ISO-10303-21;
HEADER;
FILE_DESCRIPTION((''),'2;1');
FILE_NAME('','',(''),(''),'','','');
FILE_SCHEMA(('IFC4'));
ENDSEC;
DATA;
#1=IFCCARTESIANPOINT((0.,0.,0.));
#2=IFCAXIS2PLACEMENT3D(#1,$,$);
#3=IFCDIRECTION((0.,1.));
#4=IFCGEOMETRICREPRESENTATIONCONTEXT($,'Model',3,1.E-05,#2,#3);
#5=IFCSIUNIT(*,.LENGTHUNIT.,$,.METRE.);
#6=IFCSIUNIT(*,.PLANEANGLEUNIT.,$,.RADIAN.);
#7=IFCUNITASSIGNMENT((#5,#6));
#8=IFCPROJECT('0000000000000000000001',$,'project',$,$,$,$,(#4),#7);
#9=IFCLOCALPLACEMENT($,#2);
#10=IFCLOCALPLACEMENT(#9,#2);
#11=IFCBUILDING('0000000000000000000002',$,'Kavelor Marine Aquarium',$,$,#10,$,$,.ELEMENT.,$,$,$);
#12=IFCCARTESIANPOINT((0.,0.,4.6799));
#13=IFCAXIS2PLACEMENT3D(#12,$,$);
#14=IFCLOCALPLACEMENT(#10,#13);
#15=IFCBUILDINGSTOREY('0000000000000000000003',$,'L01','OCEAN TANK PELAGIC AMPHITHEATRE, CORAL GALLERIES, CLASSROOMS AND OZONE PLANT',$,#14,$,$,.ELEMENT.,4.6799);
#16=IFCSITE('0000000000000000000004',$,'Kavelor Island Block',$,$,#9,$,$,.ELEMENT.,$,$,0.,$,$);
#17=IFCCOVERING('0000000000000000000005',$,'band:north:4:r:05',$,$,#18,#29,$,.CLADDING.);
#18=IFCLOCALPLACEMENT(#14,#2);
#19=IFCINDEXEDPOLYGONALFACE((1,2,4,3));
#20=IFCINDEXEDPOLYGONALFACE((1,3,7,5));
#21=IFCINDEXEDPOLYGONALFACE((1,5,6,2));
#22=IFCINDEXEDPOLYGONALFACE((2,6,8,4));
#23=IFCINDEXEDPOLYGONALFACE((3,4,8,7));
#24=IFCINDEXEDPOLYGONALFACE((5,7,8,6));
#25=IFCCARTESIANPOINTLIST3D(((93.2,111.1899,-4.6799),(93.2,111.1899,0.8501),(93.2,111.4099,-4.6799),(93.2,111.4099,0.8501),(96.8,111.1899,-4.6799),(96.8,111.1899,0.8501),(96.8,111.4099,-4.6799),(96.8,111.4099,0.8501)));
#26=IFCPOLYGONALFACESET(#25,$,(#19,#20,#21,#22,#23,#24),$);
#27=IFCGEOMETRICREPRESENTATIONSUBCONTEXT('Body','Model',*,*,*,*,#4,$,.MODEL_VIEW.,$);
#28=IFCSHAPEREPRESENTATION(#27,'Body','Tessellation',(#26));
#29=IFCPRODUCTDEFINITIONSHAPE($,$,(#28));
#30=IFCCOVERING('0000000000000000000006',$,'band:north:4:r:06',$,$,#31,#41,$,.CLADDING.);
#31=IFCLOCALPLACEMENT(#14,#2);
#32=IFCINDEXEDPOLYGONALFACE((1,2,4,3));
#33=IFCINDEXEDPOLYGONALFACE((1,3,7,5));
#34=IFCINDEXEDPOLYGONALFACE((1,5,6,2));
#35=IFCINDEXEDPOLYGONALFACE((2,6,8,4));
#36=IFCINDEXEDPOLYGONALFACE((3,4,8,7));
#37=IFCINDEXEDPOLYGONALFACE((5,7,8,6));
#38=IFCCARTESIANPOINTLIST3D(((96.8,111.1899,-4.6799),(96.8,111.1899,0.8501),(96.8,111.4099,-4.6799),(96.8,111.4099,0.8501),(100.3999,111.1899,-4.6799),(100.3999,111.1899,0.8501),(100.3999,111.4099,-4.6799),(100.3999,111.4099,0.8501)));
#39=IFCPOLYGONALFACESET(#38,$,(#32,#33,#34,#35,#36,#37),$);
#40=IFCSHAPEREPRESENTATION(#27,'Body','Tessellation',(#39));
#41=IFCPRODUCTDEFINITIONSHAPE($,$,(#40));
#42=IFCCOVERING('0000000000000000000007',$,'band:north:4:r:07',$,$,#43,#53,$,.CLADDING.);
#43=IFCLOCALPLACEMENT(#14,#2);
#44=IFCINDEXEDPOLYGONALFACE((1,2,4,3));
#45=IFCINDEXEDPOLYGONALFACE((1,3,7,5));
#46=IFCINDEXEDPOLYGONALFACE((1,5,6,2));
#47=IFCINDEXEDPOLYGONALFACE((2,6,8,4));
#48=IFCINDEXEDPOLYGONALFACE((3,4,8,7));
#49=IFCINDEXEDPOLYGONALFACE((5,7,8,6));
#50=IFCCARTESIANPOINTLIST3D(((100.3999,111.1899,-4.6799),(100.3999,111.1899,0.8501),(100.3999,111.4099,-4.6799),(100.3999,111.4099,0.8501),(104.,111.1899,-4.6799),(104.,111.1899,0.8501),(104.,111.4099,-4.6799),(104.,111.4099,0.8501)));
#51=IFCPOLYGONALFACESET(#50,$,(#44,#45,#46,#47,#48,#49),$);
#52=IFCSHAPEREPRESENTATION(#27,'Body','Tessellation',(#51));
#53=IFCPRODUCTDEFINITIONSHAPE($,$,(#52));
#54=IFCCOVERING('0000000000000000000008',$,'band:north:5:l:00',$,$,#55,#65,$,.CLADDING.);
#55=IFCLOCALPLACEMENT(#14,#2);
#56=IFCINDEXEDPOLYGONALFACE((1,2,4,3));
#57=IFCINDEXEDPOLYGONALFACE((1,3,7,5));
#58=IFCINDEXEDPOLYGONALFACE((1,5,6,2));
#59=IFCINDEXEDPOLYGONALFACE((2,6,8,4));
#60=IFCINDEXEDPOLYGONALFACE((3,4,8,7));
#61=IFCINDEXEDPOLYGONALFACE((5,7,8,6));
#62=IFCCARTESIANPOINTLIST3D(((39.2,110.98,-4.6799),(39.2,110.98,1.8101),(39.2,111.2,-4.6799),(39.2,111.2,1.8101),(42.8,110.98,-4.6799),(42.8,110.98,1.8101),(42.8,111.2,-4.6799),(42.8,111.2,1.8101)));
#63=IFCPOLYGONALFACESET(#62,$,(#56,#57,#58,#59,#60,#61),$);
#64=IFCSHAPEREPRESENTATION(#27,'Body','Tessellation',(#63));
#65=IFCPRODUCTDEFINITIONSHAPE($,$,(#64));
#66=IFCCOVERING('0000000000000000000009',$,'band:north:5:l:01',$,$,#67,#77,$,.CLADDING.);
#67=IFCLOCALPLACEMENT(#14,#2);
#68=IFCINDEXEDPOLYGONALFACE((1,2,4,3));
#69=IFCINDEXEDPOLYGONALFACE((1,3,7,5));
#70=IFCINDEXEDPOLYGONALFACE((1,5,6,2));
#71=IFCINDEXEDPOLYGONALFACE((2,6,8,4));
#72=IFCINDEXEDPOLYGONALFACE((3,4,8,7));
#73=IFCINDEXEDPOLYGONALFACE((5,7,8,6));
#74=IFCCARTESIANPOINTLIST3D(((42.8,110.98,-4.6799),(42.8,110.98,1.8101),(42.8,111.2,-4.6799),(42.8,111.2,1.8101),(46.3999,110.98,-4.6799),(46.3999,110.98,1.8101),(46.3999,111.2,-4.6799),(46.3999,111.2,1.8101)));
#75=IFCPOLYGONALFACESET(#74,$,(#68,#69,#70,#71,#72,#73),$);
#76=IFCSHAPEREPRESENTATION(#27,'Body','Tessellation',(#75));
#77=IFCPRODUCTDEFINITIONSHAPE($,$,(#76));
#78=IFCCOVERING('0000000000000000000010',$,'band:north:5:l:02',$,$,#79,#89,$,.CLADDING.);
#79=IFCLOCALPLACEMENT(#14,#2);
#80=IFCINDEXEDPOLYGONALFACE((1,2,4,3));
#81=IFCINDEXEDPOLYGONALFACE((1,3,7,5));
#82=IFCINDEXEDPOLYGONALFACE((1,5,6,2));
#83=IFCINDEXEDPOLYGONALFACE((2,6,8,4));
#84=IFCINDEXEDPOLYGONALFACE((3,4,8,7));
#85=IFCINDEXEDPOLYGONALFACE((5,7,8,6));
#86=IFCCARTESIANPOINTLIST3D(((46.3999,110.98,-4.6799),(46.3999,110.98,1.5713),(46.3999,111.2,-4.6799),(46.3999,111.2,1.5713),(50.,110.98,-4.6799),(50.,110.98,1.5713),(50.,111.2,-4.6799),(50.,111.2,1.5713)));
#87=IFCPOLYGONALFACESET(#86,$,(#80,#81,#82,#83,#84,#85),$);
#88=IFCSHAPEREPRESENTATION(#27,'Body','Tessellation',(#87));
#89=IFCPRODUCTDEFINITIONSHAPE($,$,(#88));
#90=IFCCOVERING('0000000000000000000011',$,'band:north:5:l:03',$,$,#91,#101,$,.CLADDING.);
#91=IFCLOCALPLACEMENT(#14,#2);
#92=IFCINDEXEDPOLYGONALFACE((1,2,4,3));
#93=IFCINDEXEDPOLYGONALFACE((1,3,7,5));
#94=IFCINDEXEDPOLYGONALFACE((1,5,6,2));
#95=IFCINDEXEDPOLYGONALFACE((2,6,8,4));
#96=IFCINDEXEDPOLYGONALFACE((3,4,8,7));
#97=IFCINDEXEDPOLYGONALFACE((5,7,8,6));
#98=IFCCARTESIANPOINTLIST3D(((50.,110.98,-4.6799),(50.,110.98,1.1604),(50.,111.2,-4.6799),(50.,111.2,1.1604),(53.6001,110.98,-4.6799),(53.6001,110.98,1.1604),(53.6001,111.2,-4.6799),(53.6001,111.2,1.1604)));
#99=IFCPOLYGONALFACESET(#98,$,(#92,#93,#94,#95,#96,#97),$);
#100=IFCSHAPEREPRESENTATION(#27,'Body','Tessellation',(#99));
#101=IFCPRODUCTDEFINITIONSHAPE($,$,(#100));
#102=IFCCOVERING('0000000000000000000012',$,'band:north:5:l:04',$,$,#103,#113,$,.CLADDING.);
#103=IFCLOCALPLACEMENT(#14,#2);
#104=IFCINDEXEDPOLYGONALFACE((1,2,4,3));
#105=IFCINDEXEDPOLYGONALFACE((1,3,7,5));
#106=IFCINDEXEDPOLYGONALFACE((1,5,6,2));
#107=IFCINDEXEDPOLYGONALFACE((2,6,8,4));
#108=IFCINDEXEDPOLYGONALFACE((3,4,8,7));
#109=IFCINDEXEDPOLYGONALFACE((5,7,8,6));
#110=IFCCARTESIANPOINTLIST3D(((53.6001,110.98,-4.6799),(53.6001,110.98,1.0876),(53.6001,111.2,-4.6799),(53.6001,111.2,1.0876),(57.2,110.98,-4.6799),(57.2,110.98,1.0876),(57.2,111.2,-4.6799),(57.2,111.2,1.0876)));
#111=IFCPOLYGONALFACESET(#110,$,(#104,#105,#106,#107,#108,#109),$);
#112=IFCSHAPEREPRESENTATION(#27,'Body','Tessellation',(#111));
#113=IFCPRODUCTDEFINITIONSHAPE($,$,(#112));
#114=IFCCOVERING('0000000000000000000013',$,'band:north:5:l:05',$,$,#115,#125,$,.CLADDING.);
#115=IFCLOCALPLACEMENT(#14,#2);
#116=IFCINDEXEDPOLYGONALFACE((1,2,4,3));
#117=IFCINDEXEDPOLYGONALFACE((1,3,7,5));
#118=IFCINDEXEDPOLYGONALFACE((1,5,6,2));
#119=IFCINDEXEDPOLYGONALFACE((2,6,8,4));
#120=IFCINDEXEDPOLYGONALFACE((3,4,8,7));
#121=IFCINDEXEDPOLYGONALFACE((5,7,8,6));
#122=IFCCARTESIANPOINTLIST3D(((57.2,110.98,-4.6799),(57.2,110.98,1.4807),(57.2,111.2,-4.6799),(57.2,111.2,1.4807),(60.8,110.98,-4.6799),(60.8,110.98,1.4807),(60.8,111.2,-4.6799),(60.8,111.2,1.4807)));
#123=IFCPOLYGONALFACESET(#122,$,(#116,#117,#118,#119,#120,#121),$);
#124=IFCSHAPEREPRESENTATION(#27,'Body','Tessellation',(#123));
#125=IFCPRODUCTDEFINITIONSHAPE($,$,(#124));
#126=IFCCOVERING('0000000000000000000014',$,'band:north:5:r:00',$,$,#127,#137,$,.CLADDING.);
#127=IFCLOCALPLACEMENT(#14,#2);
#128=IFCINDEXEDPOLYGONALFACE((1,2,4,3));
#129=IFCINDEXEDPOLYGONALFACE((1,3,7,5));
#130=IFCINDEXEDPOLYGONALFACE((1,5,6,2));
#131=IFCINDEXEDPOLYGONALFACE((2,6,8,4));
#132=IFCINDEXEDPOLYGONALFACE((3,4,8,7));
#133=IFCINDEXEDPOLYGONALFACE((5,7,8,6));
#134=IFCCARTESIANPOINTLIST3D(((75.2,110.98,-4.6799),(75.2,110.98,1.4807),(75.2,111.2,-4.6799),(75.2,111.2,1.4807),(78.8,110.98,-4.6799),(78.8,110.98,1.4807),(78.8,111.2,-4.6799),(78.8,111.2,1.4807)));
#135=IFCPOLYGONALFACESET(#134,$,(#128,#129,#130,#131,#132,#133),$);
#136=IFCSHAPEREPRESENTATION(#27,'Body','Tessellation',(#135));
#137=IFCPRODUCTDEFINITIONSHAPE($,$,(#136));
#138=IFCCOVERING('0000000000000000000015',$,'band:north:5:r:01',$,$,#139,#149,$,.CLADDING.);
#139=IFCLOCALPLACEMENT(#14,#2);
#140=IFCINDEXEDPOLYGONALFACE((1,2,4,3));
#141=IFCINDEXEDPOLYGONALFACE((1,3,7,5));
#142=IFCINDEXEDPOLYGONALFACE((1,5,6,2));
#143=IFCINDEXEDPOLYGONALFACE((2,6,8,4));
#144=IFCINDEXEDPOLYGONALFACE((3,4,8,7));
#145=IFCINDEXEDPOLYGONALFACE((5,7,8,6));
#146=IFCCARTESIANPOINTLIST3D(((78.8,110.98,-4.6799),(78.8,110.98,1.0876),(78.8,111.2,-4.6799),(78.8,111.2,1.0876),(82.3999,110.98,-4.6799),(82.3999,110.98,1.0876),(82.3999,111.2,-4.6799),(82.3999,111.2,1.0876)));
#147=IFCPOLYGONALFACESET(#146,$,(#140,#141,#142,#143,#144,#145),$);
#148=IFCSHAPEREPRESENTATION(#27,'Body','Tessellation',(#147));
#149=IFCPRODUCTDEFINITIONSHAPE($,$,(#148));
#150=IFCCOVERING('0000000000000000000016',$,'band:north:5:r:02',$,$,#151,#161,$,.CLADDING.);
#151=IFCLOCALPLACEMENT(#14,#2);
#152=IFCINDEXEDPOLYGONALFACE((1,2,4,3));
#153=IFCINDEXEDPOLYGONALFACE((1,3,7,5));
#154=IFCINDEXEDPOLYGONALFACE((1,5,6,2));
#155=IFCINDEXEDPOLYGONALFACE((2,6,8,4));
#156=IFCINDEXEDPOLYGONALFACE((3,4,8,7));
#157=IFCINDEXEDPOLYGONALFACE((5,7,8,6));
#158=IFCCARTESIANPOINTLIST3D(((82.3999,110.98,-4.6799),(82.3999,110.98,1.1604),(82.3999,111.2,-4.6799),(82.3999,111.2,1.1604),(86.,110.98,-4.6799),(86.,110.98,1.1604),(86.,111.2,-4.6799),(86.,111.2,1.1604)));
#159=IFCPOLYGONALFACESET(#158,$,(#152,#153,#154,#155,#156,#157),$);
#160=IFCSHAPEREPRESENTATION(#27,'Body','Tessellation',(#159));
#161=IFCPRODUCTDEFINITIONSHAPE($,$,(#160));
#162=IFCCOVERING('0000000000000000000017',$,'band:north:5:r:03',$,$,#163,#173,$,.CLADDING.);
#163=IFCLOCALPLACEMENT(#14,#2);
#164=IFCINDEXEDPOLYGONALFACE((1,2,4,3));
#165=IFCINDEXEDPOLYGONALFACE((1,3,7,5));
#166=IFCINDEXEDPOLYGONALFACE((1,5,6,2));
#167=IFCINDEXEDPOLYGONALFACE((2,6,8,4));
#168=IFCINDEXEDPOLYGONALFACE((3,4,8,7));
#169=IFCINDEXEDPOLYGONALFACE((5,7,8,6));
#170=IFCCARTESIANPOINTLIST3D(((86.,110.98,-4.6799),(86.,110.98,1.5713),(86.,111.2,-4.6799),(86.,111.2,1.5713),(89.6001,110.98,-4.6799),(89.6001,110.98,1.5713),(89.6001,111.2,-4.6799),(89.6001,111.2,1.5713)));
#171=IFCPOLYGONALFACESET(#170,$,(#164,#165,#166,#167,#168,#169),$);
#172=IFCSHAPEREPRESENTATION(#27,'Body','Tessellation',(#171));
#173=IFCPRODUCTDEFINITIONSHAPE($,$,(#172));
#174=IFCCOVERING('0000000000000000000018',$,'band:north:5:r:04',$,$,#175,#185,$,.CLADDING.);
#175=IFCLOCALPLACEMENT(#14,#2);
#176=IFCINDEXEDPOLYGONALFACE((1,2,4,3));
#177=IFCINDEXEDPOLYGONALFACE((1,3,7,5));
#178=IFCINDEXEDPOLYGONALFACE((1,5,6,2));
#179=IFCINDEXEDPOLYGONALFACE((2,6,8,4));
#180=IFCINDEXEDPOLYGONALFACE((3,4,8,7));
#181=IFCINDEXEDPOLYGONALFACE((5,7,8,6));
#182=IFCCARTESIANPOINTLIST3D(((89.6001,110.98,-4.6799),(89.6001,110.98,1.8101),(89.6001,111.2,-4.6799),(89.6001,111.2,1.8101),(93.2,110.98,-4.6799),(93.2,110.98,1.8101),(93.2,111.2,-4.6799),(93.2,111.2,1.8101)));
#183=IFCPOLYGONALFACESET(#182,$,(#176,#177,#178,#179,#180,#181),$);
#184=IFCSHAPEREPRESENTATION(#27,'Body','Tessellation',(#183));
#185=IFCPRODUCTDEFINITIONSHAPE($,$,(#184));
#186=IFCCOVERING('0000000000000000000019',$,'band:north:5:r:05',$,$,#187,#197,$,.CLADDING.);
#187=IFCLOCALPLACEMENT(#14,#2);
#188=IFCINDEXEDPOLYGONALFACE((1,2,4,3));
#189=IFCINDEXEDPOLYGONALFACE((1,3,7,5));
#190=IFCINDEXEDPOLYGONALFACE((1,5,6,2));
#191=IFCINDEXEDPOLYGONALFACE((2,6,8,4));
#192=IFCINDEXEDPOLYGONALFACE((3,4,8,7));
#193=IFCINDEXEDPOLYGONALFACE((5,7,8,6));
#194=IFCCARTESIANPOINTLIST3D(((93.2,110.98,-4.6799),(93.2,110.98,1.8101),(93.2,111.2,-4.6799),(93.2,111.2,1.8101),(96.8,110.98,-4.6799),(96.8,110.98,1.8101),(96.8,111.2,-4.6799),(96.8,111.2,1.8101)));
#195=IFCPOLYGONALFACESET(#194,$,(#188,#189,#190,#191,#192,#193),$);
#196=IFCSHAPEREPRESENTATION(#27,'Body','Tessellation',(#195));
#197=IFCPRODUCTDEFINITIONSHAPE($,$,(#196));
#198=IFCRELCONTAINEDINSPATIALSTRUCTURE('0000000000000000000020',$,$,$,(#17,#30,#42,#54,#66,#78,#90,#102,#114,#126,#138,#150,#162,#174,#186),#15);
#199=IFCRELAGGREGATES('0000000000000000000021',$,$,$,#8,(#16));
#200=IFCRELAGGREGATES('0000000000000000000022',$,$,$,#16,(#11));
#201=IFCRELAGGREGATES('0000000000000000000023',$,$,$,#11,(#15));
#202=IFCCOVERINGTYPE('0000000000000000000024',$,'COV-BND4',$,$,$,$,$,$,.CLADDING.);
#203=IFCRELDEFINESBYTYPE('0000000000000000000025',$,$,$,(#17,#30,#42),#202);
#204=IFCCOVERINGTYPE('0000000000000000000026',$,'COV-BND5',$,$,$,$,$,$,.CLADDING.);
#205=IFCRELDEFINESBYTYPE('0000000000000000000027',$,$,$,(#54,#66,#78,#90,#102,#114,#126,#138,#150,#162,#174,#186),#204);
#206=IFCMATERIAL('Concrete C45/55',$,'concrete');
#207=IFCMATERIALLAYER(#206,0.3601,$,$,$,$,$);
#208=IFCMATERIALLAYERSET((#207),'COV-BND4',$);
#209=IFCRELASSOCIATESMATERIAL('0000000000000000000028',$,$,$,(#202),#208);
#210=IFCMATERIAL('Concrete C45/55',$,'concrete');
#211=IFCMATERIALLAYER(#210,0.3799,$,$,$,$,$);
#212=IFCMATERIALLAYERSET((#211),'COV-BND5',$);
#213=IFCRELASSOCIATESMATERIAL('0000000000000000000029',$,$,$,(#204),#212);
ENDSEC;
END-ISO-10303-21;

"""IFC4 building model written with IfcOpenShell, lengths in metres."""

from ifc_helpers import new_model, si_unit, direction, frame, origin, place, context, subcontext, project, spatial, polyline, outline, extrude, material, layer, layer_set, type_object, element, save


model = new_model("IFC4")

# Units and contexts
model_context = context("Model", 3, precision=1e-05, world=origin(), true_north=direction((0.0, 1.0)))
body_context = subcontext(model_context, "Body", "Model", "MODEL_VIEW")
ifc_project = project(units=[si_unit("LENGTHUNIT", "METRE"), si_unit("PLANEANGLEUNIT", "RADIAN")], contexts=[model_context])

# Site, building, storey
site_placement = place(None, origin())
site = spatial("IfcSite", under=ifc_project, at=site_placement, Name="Kavelor Island Block", CompositionType="ELEMENT", RefElevation=0.0)
building_placement = place(site_placement, origin())
building = spatial("IfcBuilding", under=site, at=building_placement, Name="Kavelor Marine Aquarium", CompositionType="ELEMENT")
storey_placement = place(building_placement, frame((0.0, 0.0, 4.6799)))
storey = spatial("IfcBuildingStorey", under=building, at=storey_placement, Name="L01", Description="OCEAN TANK PELAGIC AMPHITHEATRE, CORAL GALLERIES, CLASSROOMS AND OZONE PLANT", CompositionType="ELEMENT", Elevation=4.6799)

# Coverings
ifc_material_1 = material(Name="Concrete C45/55", Category="concrete")
ifc_layer_1 = layer(ifc_material_1, 0.3601)
ifc_layer_set_1 = layer_set([ifc_layer_1], Name="COV-BND4")
covering_type_1 = type_object("IfcCoveringType", Name="COV-BND4", PredefinedType="CLADDING", material=ifc_layer_set_1)
covering_1_placement = place(storey_placement, frame((0.0, 0.0, -4.6799)))
element("IfcCovering", 1, at=covering_1_placement, inside=storey, type_object=covering_type_1, Name="band:north:4:r:05", PredefinedType="CLADDING", context=body_context, shape_type="SweptSolid", body=[
    extrude(outline(polyline([(93.2, 111.1899), (96.8, 111.1899), (96.8, 111.4099), (93.2, 111.4099), (93.2, 111.1899)])), origin(), (0.0, 0.0, 1.0), 5.53),
])
covering_2_placement = place(storey_placement, frame((0.0, 0.0, -4.6799)))
element("IfcCovering", 2, at=covering_2_placement, inside=storey, type_object=covering_type_1, Name="band:north:4:r:06", PredefinedType="CLADDING", context=body_context, shape_type="SweptSolid", body=[
    extrude(outline(polyline([(96.8, 111.1899), (100.3999, 111.1899), (100.3999, 111.4099), (96.8, 111.4099), (96.8, 111.1899)])), origin(), (0.0, 0.0, 1.0), 5.53),
])
covering_3_placement = place(storey_placement, frame((0.0, 0.0, -4.6799)))
element("IfcCovering", 3, at=covering_3_placement, inside=storey, type_object=covering_type_1, Name="band:north:4:r:07", PredefinedType="CLADDING", context=body_context, shape_type="SweptSolid", body=[
    extrude(outline(polyline([(100.3999, 111.1899), (104.0, 111.1899), (104.0, 111.4099), (100.3999, 111.4099), (100.3999, 111.1899)])), origin(), (0.0, 0.0, 1.0), 5.53),
])
ifc_material_2 = material(Name="Concrete C45/55", Category="concrete")
ifc_layer_2 = layer(ifc_material_2, 0.3799)
ifc_layer_set_2 = layer_set([ifc_layer_2], Name="COV-BND5")
covering_type_2 = type_object("IfcCoveringType", Name="COV-BND5", PredefinedType="CLADDING", material=ifc_layer_set_2)
covering_4_placement = place(storey_placement, frame((0.0, 0.0, -4.6799)))
element("IfcCovering", 4, at=covering_4_placement, inside=storey, type_object=covering_type_2, Name="band:north:5:l:00", PredefinedType="CLADDING", context=body_context, shape_type="SweptSolid", body=[
    extrude(outline(polyline([(39.2, 110.98), (42.8, 110.98), (42.8, 111.2), (39.2, 111.2), (39.2, 110.98)])), origin(), (0.0, 0.0, 1.0), 6.49),
])
covering_5_placement = place(storey_placement, frame((0.0, 0.0, -4.6799)))
element("IfcCovering", 5, at=covering_5_placement, inside=storey, type_object=covering_type_2, Name="band:north:5:l:01", PredefinedType="CLADDING", context=body_context, shape_type="SweptSolid", body=[
    extrude(outline(polyline([(42.8, 110.98), (46.3999, 110.98), (46.3999, 111.2), (42.8, 111.2), (42.8, 110.98)])), origin(), (0.0, 0.0, 1.0), 6.49),
])
covering_6_placement = place(storey_placement, frame((0.0, 0.0, -4.6799)))
element("IfcCovering", 6, at=covering_6_placement, inside=storey, type_object=covering_type_2, Name="band:north:5:l:02", PredefinedType="CLADDING", context=body_context, shape_type="SweptSolid", body=[
    extrude(outline(polyline([(46.3999, 110.98), (50.0, 110.98), (50.0, 111.2), (46.3999, 111.2), (46.3999, 110.98)])), origin(), (0.0, 0.0, 1.0), 6.2512),
])
covering_7_placement = place(storey_placement, frame((0.0, 0.0, -4.6799)))
element("IfcCovering", 7, at=covering_7_placement, inside=storey, type_object=covering_type_2, Name="band:north:5:l:03", PredefinedType="CLADDING", context=body_context, shape_type="SweptSolid", body=[
    extrude(outline(polyline([(50.0, 110.98), (53.6001, 110.98), (53.6001, 111.2), (50.0, 111.2), (50.0, 110.98)])), origin(), (0.0, 0.0, 1.0), 5.8403),
])
covering_8_placement = place(storey_placement, frame((0.0, 0.0, -4.6799)))
element("IfcCovering", 8, at=covering_8_placement, inside=storey, type_object=covering_type_2, Name="band:north:5:l:04", PredefinedType="CLADDING", context=body_context, shape_type="SweptSolid", body=[
    extrude(outline(polyline([(53.6001, 110.98), (57.2, 110.98), (57.2, 111.2), (53.6001, 111.2), (53.6001, 110.98)])), origin(), (0.0, 0.0, 1.0), 5.7676),
])
covering_9_placement = place(storey_placement, frame((0.0, 0.0, -4.6799)))
element("IfcCovering", 9, at=covering_9_placement, inside=storey, type_object=covering_type_2, Name="band:north:5:l:05", PredefinedType="CLADDING", context=body_context, shape_type="SweptSolid", body=[
    extrude(outline(polyline([(57.2, 110.98), (60.8, 110.98), (60.8, 111.2), (57.2, 111.2), (57.2, 110.98)])), origin(), (0.0, 0.0, 1.0), 6.1606),
])
covering_10_placement = place(storey_placement, frame((0.0, 0.0, -4.6799)))
element("IfcCovering", 10, at=covering_10_placement, inside=storey, type_object=covering_type_2, Name="band:north:5:r:00", PredefinedType="CLADDING", context=body_context, shape_type="SweptSolid", body=[
    extrude(outline(polyline([(75.2, 110.98), (78.8, 110.98), (78.8, 111.2), (75.2, 111.2), (75.2, 110.98)])), origin(), (0.0, 0.0, 1.0), 6.1606),
])
covering_11_placement = place(storey_placement, frame((0.0, 0.0, -4.6799)))
element("IfcCovering", 11, at=covering_11_placement, inside=storey, type_object=covering_type_2, Name="band:north:5:r:01", PredefinedType="CLADDING", context=body_context, shape_type="SweptSolid", body=[
    extrude(outline(polyline([(78.8, 110.98), (82.3999, 110.98), (82.3999, 111.2), (78.8, 111.2), (78.8, 110.98)])), origin(), (0.0, 0.0, 1.0), 5.7676),
])
covering_12_placement = place(storey_placement, frame((0.0, 0.0, -4.6799)))
element("IfcCovering", 12, at=covering_12_placement, inside=storey, type_object=covering_type_2, Name="band:north:5:r:02", PredefinedType="CLADDING", context=body_context, shape_type="SweptSolid", body=[
    extrude(outline(polyline([(82.3999, 110.98), (86.0, 110.98), (86.0, 111.2), (82.3999, 111.2), (82.3999, 110.98)])), origin(), (0.0, 0.0, 1.0), 5.8403),
])
covering_13_placement = place(storey_placement, frame((0.0, 0.0, -4.6799)))
element("IfcCovering", 13, at=covering_13_placement, inside=storey, type_object=covering_type_2, Name="band:north:5:r:03", PredefinedType="CLADDING", context=body_context, shape_type="SweptSolid", body=[
    extrude(outline(polyline([(86.0, 110.98), (89.6001, 110.98), (89.6001, 111.2), (86.0, 111.2), (86.0, 110.98)])), origin(), (0.0, 0.0, 1.0), 6.2512),
])
covering_14_placement = place(storey_placement, frame((0.0, 0.0, -4.6799)))
element("IfcCovering", 14, at=covering_14_placement, inside=storey, type_object=covering_type_2, Name="band:north:5:r:04", PredefinedType="CLADDING", context=body_context, shape_type="SweptSolid", body=[
    extrude(outline(polyline([(89.6001, 110.98), (93.2, 110.98), (93.2, 111.2), (89.6001, 111.2), (89.6001, 110.98)])), origin(), (0.0, 0.0, 1.0), 6.49),
])
covering_15_placement = place(storey_placement, frame((0.0, 0.0, -4.6799)))
element("IfcCovering", 15, at=covering_15_placement, inside=storey, type_object=covering_type_2, Name="band:north:5:r:05", PredefinedType="CLADDING", context=body_context, shape_type="SweptSolid", body=[
    extrude(outline(polyline([(93.2, 110.98), (96.8, 110.98), (96.8, 111.2), (93.2, 111.2), (93.2, 110.98)])), origin(), (0.0, 0.0, 1.0), 6.49),
])

save(model, "model.ifc")
